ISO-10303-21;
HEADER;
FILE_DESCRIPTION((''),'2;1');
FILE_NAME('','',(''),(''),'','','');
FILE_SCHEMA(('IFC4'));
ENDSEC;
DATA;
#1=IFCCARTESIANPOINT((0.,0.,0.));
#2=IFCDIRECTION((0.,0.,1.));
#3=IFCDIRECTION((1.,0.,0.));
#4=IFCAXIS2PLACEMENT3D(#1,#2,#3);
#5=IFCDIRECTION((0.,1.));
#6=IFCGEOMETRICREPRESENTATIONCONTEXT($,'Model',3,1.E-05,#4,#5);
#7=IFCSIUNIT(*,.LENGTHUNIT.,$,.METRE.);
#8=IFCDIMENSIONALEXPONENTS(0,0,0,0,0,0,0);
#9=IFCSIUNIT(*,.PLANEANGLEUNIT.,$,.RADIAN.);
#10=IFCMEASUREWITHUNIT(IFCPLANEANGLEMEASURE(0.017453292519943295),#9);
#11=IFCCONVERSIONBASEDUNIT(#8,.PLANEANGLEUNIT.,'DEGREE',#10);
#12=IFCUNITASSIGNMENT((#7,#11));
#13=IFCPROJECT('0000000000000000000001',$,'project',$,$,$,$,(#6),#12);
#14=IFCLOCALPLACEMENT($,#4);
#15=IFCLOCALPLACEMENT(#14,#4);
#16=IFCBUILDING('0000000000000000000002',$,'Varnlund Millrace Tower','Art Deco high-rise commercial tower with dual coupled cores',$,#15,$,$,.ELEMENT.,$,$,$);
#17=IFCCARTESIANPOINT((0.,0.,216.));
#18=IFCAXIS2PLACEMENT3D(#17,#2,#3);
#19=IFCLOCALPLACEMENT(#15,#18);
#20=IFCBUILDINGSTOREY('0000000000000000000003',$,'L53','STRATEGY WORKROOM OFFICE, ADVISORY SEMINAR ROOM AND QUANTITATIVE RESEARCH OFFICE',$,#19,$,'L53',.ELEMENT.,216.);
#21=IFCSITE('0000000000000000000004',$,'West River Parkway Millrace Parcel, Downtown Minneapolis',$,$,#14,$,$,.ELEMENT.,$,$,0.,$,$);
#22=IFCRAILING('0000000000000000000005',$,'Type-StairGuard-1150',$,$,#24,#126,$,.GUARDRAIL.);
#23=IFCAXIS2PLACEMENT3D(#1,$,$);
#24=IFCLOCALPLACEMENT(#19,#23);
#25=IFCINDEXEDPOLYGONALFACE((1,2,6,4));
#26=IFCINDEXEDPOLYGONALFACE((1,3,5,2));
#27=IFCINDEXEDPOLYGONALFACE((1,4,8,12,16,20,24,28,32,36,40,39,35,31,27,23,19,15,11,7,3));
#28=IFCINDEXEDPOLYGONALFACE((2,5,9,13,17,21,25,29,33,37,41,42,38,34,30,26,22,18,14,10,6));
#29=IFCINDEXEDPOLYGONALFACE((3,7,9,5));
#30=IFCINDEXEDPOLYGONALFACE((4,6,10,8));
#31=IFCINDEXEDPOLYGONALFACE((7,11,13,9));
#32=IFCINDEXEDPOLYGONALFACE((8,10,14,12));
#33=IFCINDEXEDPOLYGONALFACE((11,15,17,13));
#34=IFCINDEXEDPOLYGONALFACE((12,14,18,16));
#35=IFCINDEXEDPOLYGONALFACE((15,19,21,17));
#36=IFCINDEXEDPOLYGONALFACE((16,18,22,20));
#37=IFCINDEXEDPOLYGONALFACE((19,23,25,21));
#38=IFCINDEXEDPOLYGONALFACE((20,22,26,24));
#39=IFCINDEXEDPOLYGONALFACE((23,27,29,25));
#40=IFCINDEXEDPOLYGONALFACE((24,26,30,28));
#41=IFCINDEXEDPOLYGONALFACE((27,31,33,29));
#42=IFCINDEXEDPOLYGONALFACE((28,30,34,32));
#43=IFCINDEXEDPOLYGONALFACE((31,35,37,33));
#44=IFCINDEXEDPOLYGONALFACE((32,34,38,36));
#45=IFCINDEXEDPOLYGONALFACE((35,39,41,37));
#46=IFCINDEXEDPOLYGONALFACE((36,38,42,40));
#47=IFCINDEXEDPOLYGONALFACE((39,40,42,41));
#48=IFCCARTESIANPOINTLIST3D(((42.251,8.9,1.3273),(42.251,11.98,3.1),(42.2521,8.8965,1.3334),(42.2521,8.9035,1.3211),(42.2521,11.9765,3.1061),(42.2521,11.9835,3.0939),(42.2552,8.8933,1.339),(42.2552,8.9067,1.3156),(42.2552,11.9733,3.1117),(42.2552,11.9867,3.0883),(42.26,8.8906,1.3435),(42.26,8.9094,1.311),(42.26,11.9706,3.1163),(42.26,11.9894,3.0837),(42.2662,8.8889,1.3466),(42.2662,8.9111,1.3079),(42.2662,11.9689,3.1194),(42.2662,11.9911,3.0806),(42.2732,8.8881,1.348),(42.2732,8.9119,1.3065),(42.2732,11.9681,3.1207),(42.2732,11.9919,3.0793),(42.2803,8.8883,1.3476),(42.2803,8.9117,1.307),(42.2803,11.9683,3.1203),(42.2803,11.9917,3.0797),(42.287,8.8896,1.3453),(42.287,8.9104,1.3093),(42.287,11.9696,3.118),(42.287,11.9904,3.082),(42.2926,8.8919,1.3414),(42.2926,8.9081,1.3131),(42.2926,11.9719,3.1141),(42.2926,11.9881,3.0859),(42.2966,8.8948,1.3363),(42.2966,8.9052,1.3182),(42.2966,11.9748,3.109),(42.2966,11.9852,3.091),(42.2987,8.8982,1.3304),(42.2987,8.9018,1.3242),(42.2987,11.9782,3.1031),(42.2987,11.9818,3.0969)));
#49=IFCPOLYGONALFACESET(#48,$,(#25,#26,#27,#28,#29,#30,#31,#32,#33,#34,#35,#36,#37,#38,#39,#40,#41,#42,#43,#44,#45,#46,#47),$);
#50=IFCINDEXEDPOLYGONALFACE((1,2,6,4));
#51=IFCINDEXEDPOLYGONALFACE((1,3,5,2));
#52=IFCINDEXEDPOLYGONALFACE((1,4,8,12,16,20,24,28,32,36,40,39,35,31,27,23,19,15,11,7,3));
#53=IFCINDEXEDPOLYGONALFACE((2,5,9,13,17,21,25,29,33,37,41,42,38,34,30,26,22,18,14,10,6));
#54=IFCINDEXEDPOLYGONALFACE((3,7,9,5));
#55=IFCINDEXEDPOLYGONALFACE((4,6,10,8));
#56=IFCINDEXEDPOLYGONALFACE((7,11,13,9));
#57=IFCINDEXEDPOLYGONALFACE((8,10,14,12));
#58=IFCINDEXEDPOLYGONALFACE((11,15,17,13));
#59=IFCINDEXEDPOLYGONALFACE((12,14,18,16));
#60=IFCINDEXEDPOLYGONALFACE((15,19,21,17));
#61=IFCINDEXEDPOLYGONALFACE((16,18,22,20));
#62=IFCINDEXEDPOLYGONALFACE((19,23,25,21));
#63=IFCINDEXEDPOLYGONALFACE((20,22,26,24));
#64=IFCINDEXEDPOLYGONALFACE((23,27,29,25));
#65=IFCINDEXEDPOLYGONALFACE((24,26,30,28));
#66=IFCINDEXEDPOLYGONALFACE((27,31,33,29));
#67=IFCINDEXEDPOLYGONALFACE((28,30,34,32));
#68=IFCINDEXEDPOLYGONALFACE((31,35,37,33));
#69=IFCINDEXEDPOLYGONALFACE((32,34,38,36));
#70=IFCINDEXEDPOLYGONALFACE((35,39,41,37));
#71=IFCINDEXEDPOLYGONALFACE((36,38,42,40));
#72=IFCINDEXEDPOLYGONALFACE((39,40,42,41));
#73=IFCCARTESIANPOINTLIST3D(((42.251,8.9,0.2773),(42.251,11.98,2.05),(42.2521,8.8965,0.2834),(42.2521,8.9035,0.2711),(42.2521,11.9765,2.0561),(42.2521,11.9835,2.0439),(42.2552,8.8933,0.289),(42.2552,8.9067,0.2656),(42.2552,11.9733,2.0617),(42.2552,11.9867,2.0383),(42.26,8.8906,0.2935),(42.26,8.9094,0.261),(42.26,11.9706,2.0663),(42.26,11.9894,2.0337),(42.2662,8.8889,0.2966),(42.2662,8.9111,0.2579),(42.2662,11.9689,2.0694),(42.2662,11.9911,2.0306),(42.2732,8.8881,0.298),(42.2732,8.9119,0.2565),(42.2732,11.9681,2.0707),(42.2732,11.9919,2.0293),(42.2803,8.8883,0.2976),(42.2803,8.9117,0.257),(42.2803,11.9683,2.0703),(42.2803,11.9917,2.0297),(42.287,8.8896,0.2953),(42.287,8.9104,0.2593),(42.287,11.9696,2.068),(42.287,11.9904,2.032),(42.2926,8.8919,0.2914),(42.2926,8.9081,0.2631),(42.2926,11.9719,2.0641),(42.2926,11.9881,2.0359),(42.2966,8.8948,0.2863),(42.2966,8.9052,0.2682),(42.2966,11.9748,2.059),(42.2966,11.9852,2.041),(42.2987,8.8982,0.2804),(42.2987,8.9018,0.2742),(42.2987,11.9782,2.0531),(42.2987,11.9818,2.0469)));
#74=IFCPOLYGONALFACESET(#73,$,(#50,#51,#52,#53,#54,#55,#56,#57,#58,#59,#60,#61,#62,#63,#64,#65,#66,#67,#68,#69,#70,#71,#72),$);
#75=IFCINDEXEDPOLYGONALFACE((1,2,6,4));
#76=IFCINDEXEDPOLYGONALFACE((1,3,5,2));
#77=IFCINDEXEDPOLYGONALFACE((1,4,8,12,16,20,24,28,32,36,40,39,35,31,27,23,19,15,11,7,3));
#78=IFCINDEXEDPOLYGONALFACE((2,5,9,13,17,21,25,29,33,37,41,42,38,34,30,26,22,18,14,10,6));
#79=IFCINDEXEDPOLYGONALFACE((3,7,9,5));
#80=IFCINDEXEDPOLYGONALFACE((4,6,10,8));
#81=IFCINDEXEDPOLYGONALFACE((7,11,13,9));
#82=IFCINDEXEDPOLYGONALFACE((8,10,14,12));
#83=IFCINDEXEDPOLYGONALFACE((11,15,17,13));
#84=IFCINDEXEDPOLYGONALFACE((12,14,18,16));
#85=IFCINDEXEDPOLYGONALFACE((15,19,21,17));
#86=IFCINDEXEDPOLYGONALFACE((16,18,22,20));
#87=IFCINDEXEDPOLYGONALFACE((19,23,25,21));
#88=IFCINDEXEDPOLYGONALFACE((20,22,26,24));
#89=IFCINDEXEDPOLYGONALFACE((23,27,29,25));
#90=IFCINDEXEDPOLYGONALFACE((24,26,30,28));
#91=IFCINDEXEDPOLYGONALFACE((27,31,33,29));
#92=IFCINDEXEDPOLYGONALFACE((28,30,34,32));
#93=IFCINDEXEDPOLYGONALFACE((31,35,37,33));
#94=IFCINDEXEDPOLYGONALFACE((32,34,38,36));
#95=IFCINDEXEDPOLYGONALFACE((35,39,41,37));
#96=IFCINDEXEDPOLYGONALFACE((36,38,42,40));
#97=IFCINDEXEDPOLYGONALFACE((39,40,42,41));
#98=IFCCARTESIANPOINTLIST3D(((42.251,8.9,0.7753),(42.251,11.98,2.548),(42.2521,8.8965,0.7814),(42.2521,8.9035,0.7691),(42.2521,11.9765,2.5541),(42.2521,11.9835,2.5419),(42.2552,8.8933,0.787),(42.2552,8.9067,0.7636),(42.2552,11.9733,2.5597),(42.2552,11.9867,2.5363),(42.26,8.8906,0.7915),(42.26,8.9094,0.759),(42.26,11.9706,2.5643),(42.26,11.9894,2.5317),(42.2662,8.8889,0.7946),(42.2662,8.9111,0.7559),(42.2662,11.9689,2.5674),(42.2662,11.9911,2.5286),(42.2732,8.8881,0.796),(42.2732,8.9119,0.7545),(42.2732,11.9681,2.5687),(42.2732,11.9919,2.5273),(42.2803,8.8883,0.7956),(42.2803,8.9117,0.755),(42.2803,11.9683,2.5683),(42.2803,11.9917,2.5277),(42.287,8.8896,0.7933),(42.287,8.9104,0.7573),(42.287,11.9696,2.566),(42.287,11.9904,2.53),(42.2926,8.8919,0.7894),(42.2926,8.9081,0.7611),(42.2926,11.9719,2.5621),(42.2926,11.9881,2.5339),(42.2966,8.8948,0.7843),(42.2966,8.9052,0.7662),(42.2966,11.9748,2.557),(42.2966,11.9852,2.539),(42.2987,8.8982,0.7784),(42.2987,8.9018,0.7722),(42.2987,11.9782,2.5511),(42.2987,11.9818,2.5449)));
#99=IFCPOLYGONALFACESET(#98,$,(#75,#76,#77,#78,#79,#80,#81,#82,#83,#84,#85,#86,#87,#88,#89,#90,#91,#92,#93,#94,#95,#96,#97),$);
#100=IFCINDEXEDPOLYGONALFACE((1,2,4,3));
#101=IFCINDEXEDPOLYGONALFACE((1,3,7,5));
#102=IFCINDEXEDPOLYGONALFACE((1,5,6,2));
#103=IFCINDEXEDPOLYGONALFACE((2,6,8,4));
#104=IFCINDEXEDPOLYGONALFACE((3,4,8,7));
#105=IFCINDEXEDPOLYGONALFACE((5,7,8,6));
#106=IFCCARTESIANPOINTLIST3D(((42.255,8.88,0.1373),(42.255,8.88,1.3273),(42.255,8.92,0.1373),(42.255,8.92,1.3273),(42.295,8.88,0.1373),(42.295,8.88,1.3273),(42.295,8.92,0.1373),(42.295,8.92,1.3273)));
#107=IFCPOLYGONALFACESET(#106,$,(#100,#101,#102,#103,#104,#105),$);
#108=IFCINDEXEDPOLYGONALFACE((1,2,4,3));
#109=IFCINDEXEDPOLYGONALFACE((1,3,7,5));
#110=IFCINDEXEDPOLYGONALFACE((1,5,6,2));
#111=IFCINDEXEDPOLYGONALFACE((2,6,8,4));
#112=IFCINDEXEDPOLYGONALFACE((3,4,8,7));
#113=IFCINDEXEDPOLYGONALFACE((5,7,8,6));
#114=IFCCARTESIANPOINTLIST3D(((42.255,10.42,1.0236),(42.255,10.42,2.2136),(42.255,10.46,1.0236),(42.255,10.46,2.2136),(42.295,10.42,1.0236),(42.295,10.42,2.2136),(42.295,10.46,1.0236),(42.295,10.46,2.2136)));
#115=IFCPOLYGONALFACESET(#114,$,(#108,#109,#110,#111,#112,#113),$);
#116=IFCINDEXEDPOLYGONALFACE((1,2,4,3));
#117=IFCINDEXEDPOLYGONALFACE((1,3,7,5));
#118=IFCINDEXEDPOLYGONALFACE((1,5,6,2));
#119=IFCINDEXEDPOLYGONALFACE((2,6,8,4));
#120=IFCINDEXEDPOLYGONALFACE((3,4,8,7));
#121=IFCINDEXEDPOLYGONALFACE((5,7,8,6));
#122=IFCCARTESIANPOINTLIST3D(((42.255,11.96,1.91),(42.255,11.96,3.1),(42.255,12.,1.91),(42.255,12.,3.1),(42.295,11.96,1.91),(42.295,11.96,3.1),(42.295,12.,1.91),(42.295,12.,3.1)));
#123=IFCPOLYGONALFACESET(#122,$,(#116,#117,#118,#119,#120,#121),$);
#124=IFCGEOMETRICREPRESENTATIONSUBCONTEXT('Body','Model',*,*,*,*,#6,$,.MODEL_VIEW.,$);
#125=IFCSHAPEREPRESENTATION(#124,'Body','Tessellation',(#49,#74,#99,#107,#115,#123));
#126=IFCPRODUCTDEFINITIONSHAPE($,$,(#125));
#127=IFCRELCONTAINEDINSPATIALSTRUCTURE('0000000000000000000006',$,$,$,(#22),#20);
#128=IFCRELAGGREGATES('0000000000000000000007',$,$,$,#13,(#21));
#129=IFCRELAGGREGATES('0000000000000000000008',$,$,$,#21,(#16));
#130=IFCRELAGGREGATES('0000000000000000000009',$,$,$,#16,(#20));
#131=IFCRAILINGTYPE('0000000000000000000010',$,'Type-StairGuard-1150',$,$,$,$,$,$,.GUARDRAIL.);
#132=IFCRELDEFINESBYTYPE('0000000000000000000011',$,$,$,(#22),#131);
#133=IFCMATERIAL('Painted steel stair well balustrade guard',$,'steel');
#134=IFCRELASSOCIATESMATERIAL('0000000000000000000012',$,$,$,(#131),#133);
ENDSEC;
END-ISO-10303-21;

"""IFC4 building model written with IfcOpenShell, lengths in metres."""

from ifc_helpers import new_model, entity, si_unit, converted_unit, direction, frame, origin_with_axes, origin_2d_with_axis, place, context, subcontext, project, spatial, rectangle, circle, extrude, material, type_object, element, save


model = new_model("IFC4")

# Units and contexts
model_context = context("Model", 3, precision=1e-05, world=origin_with_axes(), true_north=direction((0.0, 1.0)))
body_context = subcontext(model_context, "Body", "Model", "MODEL_VIEW")
ifc_project = project(units=[si_unit("LENGTHUNIT", "METRE"), converted_unit("PLANEANGLEUNIT", "DEGREE", entity("IfcPlaneAngleMeasure", 0.017453292519943295), si_unit("PLANEANGLEUNIT", "RADIAN"), dimensions=[0, 0, 0, 0, 0, 0, 0])], contexts=[model_context])

# Site, building, storey
site_placement = place(None, origin_with_axes())
site = spatial("IfcSite", under=ifc_project, at=site_placement, Name="West River Parkway Millrace Parcel, Downtown Minneapolis", CompositionType="ELEMENT", RefElevation=0.0)
building_placement = place(site_placement, origin_with_axes())
building = spatial("IfcBuilding", under=site, at=building_placement, Name="Varnlund Millrace Tower", Description="Art Deco high-rise commercial tower with dual coupled cores", CompositionType="ELEMENT")
storey_placement = place(building_placement, frame((0.0, 0.0, 216.0), z_axis=(0.0, 0.0, 1.0), x_axis=(1.0, 0.0, 0.0)))
storey = spatial("IfcBuildingStorey", under=building, at=storey_placement, Name="L53", Description="STRATEGY WORKROOM OFFICE, ADVISORY SEMINAR ROOM AND QUANTITATIVE RESEARCH OFFICE", LongName="L53", CompositionType="ELEMENT", Elevation=216.0)

# Railing
ifc_material_1 = material(Name="Painted steel stair well balustrade guard", Category="steel")
railing_type_1 = type_object("IfcRailingType", Name="Type-StairGuard-1150", PredefinedType="GUARDRAIL", material=ifc_material_1)
railing_1_placement = place(storey_placement, frame((0.0, 0.0, -216.0), z_axis=(0.0, 0.0, 1.0), x_axis=(1.0, 0.0, 0.0)))
element("IfcRailing", 1, at=railing_1_placement, inside=storey, type_object=railing_type_1, Name="Type-StairGuard-1150", PredefinedType="GUARDRAIL", context=body_context, shape_type="SweptSolid", body=[
    extrude(circle(Radius=0.024, at=origin_2d_with_axis()), frame((42.275, 8.9, 217.3273), z_axis=(0.0, 0.866696, 0.498836), x_axis=(-1.0, 0.0, 0.0)), (0.0, 0.0, 1.0), 3.5537),
    extrude(circle(Radius=0.024, at=origin_2d_with_axis()), frame((42.275, 8.9, 216.2773), z_axis=(0.0, 0.866696, 0.498836), x_axis=(-1.0, 0.0, 0.0)), (0.0, 0.0, 1.0), 3.5537),
    extrude(circle(Radius=0.024, at=origin_2d_with_axis()), frame((42.275, 8.9, 216.7753), z_axis=(0.0, 0.866696, 0.498836), x_axis=(-1.0, 0.0, 0.0)), (0.0, 0.0, 1.0), 3.5537),
    extrude(rectangle(XDim=0.04, YDim=0.04, at=origin_2d_with_axis()), frame((42.275, 8.9, 216.1373), z_axis=(0.0, 0.0, 1.0), x_axis=(1.0, 0.0, 0.0)), (0.0, 0.0, 1.0), 1.19),
    extrude(rectangle(XDim=0.04, YDim=0.04, at=origin_2d_with_axis()), frame((42.275, 10.44, 217.0236), z_axis=(0.0, 0.0, 1.0), x_axis=(1.0, 0.0, 0.0)), (0.0, 0.0, 1.0), 1.19),
    extrude(rectangle(XDim=0.04, YDim=0.04, at=origin_2d_with_axis()), frame((42.275, 11.98, 217.91), z_axis=(0.0, 0.0, 1.0), x_axis=(1.0, 0.0, 0.0)), (0.0, 0.0, 1.0), 1.19),
])

save(model, "model.ifc")
